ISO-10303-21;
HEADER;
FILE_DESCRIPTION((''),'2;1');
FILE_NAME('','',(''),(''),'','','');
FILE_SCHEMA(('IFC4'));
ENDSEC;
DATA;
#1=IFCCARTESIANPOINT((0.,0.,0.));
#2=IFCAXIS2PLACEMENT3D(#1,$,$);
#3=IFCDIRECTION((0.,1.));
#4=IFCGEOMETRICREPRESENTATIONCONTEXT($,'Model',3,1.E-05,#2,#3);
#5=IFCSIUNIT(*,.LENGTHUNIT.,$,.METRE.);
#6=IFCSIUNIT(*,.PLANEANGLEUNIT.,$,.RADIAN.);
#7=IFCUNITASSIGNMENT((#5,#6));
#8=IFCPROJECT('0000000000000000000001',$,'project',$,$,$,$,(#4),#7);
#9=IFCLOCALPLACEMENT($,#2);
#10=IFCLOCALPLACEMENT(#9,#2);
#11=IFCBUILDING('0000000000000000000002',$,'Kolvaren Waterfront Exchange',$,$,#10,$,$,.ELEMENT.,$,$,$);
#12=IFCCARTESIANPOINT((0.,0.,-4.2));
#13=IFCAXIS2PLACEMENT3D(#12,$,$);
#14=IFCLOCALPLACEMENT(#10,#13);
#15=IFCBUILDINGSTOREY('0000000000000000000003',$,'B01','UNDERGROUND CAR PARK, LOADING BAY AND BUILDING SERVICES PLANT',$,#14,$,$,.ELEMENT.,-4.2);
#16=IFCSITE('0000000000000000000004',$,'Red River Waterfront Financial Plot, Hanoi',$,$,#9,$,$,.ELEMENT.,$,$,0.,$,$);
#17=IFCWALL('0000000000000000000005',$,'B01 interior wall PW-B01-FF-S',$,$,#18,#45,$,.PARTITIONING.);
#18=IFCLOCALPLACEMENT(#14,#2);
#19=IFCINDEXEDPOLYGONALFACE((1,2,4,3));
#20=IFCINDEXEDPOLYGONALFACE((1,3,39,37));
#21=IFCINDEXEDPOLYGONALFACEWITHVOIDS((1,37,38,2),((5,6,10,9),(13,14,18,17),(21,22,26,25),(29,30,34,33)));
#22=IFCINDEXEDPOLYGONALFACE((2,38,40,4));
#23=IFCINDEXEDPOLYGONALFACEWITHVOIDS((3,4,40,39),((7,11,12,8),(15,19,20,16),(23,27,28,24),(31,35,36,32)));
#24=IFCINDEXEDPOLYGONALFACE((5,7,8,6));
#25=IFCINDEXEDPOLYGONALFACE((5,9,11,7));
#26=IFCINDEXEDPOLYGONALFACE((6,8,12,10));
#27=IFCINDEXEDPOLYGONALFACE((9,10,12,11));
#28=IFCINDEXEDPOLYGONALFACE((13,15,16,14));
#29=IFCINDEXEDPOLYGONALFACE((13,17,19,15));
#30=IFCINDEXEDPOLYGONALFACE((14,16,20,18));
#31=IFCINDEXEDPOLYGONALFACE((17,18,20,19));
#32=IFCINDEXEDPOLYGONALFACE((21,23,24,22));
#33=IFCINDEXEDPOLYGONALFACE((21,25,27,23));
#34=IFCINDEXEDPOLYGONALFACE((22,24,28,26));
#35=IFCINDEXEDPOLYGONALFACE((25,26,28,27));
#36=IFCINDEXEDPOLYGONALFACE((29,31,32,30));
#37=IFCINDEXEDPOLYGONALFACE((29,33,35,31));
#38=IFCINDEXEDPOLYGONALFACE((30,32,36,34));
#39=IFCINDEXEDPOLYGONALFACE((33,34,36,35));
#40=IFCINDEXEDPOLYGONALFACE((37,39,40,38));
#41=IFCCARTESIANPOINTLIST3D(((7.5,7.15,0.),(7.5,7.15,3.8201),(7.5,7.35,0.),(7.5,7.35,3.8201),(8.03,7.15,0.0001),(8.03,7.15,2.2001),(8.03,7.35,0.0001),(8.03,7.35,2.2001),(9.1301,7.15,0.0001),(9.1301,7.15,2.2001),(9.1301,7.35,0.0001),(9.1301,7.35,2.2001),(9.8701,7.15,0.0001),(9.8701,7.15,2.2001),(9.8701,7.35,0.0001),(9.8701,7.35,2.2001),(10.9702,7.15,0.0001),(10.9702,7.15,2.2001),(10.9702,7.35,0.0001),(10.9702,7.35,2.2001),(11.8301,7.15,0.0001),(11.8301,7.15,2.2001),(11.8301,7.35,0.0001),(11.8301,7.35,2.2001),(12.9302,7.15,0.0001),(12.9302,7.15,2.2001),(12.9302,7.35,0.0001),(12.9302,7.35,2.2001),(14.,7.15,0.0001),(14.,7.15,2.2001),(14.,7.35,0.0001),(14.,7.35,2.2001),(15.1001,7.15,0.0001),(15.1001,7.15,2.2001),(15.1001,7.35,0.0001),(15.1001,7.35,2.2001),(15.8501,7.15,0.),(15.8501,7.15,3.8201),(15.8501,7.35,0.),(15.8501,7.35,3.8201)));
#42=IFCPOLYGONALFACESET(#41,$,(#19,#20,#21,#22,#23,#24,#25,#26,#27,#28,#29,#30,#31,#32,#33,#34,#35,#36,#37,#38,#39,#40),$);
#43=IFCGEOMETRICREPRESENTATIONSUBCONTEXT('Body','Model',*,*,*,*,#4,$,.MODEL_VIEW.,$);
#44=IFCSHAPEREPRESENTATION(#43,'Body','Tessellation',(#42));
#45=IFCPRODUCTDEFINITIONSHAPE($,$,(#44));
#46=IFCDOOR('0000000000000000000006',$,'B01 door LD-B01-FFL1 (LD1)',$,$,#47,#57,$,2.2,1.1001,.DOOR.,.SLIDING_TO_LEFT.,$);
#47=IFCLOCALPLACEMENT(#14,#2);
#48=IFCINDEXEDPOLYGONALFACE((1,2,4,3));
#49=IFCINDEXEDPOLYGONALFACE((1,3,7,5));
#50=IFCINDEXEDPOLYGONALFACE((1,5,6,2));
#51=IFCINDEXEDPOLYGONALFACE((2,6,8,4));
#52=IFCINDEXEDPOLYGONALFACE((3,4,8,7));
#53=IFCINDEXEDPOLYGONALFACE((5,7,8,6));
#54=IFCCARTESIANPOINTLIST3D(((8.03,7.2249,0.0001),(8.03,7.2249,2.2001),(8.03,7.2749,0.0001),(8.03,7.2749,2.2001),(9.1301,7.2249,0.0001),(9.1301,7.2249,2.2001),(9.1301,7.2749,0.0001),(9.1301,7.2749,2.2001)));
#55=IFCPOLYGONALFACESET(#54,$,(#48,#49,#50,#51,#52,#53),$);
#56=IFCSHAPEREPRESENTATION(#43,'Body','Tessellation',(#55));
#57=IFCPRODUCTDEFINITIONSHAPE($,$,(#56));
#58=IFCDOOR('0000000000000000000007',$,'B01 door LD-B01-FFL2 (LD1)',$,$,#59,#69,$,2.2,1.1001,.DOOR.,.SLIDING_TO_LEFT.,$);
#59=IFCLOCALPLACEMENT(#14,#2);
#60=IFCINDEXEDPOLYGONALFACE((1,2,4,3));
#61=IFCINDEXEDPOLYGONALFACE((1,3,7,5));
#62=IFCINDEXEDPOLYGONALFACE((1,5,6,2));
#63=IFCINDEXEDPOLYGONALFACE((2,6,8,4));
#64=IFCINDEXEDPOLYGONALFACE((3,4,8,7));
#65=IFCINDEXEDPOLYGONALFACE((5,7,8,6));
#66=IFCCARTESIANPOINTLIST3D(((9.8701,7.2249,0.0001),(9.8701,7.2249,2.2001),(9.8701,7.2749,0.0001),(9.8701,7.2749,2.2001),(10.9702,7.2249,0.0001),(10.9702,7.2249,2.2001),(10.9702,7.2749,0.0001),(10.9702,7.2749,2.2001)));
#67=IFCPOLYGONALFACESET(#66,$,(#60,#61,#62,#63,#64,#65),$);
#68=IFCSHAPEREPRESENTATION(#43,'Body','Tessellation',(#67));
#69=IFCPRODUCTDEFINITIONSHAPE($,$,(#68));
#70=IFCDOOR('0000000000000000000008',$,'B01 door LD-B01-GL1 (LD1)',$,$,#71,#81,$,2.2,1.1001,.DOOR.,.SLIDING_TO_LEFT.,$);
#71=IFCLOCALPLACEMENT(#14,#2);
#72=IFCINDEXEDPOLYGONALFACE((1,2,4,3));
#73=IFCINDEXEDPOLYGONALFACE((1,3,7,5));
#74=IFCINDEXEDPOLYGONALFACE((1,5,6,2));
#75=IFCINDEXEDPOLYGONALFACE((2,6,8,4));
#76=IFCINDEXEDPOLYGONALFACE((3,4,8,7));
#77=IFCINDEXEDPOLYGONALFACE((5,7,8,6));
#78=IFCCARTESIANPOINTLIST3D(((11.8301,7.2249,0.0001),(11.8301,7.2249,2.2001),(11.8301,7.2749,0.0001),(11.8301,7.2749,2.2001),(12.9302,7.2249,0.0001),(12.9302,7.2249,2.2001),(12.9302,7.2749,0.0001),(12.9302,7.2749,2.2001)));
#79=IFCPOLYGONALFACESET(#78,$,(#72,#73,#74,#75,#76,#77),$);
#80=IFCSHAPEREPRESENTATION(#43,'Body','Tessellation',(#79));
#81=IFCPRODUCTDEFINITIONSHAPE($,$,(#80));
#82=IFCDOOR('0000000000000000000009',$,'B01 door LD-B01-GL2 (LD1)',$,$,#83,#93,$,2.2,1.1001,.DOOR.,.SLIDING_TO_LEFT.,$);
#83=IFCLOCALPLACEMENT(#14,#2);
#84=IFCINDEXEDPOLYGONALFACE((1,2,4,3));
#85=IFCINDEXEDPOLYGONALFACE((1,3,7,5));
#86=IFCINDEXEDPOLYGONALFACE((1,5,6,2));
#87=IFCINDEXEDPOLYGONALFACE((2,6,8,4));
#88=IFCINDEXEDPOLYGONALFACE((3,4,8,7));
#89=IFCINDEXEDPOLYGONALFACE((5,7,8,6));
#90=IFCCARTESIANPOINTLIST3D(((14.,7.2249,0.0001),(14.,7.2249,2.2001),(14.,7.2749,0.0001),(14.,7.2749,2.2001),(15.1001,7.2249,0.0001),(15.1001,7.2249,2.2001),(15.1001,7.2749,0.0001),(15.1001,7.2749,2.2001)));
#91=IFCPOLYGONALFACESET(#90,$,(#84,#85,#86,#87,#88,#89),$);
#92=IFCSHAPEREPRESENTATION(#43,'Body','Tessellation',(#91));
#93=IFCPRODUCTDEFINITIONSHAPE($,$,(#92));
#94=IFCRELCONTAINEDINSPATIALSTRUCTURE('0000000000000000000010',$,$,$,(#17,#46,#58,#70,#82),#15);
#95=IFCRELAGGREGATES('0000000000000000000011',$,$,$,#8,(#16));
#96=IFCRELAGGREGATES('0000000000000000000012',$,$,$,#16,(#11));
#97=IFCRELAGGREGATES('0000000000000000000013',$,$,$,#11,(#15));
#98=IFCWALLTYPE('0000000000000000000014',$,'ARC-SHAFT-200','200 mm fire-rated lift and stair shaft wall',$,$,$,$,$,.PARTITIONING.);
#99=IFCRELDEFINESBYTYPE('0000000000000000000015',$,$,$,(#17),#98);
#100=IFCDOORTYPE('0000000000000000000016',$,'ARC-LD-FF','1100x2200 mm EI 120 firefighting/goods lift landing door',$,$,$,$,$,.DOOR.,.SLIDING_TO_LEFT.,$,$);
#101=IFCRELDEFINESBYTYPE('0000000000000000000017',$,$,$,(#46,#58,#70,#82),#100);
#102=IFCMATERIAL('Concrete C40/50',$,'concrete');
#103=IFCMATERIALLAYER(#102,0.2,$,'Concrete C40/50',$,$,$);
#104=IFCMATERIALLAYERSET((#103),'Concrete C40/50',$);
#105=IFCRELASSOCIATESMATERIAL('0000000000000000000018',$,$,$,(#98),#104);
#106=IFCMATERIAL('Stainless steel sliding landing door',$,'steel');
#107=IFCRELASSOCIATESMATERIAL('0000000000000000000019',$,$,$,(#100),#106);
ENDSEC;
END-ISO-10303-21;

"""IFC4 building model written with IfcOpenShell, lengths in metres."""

from ifc_helpers import new_model, si_unit, direction, frame, frame_2d, origin, place, context, subcontext, project, spatial, rectangle, extrude, material, layer, layer_set, type_object, element, fill, save


model = new_model("IFC4")

# Units and contexts
model_context = context("Model", 3, precision=1e-05, world=origin(), true_north=direction((0.0, 1.0)))
body_context = subcontext(model_context, "Body", "Model", "MODEL_VIEW")
ifc_project = project(units=[si_unit("LENGTHUNIT", "METRE"), si_unit("PLANEANGLEUNIT", "RADIAN")], contexts=[model_context])

# Site, building, storey
site_placement = place(None, origin())
site = spatial("IfcSite", under=ifc_project, at=site_placement, Name="Red River Waterfront Financial Plot, Hanoi", CompositionType="ELEMENT", RefElevation=0.0)
building_placement = place(site_placement, origin())
building = spatial("IfcBuilding", under=site, at=building_placement, Name="Kolvaren Waterfront Exchange", CompositionType="ELEMENT")
storey_placement = place(building_placement, frame((0.0, 0.0, -4.2)))
storey = spatial("IfcBuildingStorey", under=building, at=storey_placement, Name="B01", Description="UNDERGROUND CAR PARK, LOADING BAY AND BUILDING SERVICES PLANT", CompositionType="ELEMENT", Elevation=-4.2)

# Wall, openings, doors
ifc_material_1 = material(Name="Concrete C40/50", Category="concrete")
ifc_layer_1 = layer(ifc_material_1, 0.2, Name="Concrete C40/50")
ifc_layer_set_1 = layer_set([ifc_layer_1], Name="Concrete C40/50")
wall_type_1 = type_object("IfcWallType", Name="ARC-SHAFT-200", Description="200 mm fire-rated lift and stair shaft wall", PredefinedType="PARTITIONING", material=ifc_layer_set_1)
wall_1_placement = place(storey_placement, frame((7.5, 7.25, 0.0), z_axis=(0.0, 0.0, 1.0), x_axis=(1.0, 0.0, 0.0)))
wall_1 = element("IfcWall", 1, at=wall_1_placement, inside=storey, type_object=wall_type_1, Name="B01 interior wall PW-B01-FF-S", PredefinedType="PARTITIONING", context=body_context, shape_type="SweptSolid", body=[
    extrude(rectangle(XDim=8.3501, YDim=0.2, at=frame_2d((4.175, 0.0))), origin(), (0.0, 0.0, 1.0), 3.8201),
])
opening_1_placement = place(wall_1_placement, frame((0.53, 0.0, 0.0)))
opening_1 = element("IfcOpeningElement", 2, at=opening_1_placement, cuts=wall_1, PredefinedType="OPENING", context=body_context, shape_type="SweptSolid", body=[
    extrude(rectangle(XDim=1.1001, YDim=2.2, at=frame_2d((0.55, 1.1001))), frame((0.0, 0.1099, 0.0), z_axis=(0.0, -1.0, 0.0), x_axis=(1.0, 0.0, 0.0)), (0.0, 0.0, 1.0), 0.22),
])
opening_2_placement = place(wall_1_placement, frame((2.3701, 0.0, 0.0)))
opening_2 = element("IfcOpeningElement", 3, at=opening_2_placement, cuts=wall_1, PredefinedType="OPENING", context=body_context, shape_type="SweptSolid", body=[
    extrude(rectangle(XDim=1.1001, YDim=2.2, at=frame_2d((0.55, 1.1001))), frame((0.0, 0.1099, 0.0), z_axis=(0.0, -1.0, 0.0), x_axis=(1.0, 0.0, 0.0)), (0.0, 0.0, 1.0), 0.22),
])
opening_3_placement = place(wall_1_placement, frame((4.3301, 0.0, 0.0)))
opening_3 = element("IfcOpeningElement", 4, at=opening_3_placement, cuts=wall_1, PredefinedType="OPENING", context=body_context, shape_type="SweptSolid", body=[
    extrude(rectangle(XDim=1.1001, YDim=2.2, at=frame_2d((0.55, 1.1001))), frame((0.0, 0.1099, 0.0), z_axis=(0.0, -1.0, 0.0), x_axis=(1.0, 0.0, 0.0)), (0.0, 0.0, 1.0), 0.22),
])
opening_4_placement = place(wall_1_placement, frame((6.5, 0.0, 0.0)))
opening_4 = element("IfcOpeningElement", 5, at=opening_4_placement, cuts=wall_1, PredefinedType="OPENING", context=body_context, shape_type="SweptSolid", body=[
    extrude(rectangle(XDim=1.1001, YDim=2.2, at=frame_2d((0.55, 1.1001))), frame((0.0, 0.1099, 0.0), z_axis=(0.0, -1.0, 0.0), x_axis=(1.0, 0.0, 0.0)), (0.0, 0.0, 1.0), 0.22),
])
ifc_material_2 = material(Name="Stainless steel sliding landing door", Category="steel")
door_type_1 = type_object("IfcDoorType", Name="ARC-LD-FF", Description="1100x2200 mm EI 120 firefighting/goods lift landing door", OperationType="SLIDING_TO_LEFT", PredefinedType="DOOR", material=ifc_material_2)
door_1_placement = place(opening_1_placement, origin())
door_1 = element("IfcDoor", 6, at=door_1_placement, inside=storey, type_object=door_type_1, Name="B01 door LD-B01-FFL1 (LD1)", OperationType="SLIDING_TO_LEFT", OverallHeight=2.2, OverallWidth=1.1001, PredefinedType="DOOR", context=body_context, shape_type="SweptSolid", body=[
    extrude(rectangle(XDim=1.1001, YDim=2.2, at=frame_2d((0.55, 1.1001))), frame((0.0, 0.0249, 0.0), z_axis=(0.0, -1.0, 0.0), x_axis=(1.0, 0.0, 0.0)), (0.0, 0.0, 1.0), 0.05),
])
fill(opening_1, door_1)
door_2_placement = place(opening_2_placement, origin())
door_2 = element("IfcDoor", 7, at=door_2_placement, inside=storey, type_object=door_type_1, Name="B01 door LD-B01-FFL2 (LD1)", OperationType="SLIDING_TO_LEFT", OverallHeight=2.2, OverallWidth=1.1001, PredefinedType="DOOR", context=body_context, shape_type="SweptSolid", body=[
    extrude(rectangle(XDim=1.1001, YDim=2.2, at=frame_2d((0.55, 1.1001))), frame((0.0, 0.0249, 0.0), z_axis=(0.0, -1.0, 0.0), x_axis=(1.0, 0.0, 0.0)), (0.0, 0.0, 1.0), 0.05),
])
fill(opening_2, door_2)
door_3_placement = place(opening_3_placement, origin())
door_3 = element("IfcDoor", 8, at=door_3_placement, inside=storey, type_object=door_type_1, Name="B01 door LD-B01-GL1 (LD1)", OperationType="SLIDING_TO_LEFT", OverallHeight=2.2, OverallWidth=1.1001, PredefinedType="DOOR", context=body_context, shape_type="SweptSolid", body=[
    extrude(rectangle(XDim=1.1001, YDim=2.2, at=frame_2d((0.55, 1.1001))), frame((0.0, 0.0249, 0.0), z_axis=(0.0, -1.0, 0.0), x_axis=(1.0, 0.0, 0.0)), (0.0, 0.0, 1.0), 0.05),
])
fill(opening_3, door_3)
door_4_placement = place(opening_4_placement, origin())
door_4 = element("IfcDoor", 9, at=door_4_placement, inside=storey, type_object=door_type_1, Name="B01 door LD-B01-GL2 (LD1)", OperationType="SLIDING_TO_LEFT", OverallHeight=2.2, OverallWidth=1.1001, PredefinedType="DOOR", context=body_context, shape_type="SweptSolid", body=[
    extrude(rectangle(XDim=1.1001, YDim=2.2, at=frame_2d((0.55, 1.1001))), frame((0.0, 0.0249, 0.0), z_axis=(0.0, -1.0, 0.0), x_axis=(1.0, 0.0, 0.0)), (0.0, 0.0, 1.0), 0.05),
])
fill(opening_4, door_4)

save(model, "model.ifc")
